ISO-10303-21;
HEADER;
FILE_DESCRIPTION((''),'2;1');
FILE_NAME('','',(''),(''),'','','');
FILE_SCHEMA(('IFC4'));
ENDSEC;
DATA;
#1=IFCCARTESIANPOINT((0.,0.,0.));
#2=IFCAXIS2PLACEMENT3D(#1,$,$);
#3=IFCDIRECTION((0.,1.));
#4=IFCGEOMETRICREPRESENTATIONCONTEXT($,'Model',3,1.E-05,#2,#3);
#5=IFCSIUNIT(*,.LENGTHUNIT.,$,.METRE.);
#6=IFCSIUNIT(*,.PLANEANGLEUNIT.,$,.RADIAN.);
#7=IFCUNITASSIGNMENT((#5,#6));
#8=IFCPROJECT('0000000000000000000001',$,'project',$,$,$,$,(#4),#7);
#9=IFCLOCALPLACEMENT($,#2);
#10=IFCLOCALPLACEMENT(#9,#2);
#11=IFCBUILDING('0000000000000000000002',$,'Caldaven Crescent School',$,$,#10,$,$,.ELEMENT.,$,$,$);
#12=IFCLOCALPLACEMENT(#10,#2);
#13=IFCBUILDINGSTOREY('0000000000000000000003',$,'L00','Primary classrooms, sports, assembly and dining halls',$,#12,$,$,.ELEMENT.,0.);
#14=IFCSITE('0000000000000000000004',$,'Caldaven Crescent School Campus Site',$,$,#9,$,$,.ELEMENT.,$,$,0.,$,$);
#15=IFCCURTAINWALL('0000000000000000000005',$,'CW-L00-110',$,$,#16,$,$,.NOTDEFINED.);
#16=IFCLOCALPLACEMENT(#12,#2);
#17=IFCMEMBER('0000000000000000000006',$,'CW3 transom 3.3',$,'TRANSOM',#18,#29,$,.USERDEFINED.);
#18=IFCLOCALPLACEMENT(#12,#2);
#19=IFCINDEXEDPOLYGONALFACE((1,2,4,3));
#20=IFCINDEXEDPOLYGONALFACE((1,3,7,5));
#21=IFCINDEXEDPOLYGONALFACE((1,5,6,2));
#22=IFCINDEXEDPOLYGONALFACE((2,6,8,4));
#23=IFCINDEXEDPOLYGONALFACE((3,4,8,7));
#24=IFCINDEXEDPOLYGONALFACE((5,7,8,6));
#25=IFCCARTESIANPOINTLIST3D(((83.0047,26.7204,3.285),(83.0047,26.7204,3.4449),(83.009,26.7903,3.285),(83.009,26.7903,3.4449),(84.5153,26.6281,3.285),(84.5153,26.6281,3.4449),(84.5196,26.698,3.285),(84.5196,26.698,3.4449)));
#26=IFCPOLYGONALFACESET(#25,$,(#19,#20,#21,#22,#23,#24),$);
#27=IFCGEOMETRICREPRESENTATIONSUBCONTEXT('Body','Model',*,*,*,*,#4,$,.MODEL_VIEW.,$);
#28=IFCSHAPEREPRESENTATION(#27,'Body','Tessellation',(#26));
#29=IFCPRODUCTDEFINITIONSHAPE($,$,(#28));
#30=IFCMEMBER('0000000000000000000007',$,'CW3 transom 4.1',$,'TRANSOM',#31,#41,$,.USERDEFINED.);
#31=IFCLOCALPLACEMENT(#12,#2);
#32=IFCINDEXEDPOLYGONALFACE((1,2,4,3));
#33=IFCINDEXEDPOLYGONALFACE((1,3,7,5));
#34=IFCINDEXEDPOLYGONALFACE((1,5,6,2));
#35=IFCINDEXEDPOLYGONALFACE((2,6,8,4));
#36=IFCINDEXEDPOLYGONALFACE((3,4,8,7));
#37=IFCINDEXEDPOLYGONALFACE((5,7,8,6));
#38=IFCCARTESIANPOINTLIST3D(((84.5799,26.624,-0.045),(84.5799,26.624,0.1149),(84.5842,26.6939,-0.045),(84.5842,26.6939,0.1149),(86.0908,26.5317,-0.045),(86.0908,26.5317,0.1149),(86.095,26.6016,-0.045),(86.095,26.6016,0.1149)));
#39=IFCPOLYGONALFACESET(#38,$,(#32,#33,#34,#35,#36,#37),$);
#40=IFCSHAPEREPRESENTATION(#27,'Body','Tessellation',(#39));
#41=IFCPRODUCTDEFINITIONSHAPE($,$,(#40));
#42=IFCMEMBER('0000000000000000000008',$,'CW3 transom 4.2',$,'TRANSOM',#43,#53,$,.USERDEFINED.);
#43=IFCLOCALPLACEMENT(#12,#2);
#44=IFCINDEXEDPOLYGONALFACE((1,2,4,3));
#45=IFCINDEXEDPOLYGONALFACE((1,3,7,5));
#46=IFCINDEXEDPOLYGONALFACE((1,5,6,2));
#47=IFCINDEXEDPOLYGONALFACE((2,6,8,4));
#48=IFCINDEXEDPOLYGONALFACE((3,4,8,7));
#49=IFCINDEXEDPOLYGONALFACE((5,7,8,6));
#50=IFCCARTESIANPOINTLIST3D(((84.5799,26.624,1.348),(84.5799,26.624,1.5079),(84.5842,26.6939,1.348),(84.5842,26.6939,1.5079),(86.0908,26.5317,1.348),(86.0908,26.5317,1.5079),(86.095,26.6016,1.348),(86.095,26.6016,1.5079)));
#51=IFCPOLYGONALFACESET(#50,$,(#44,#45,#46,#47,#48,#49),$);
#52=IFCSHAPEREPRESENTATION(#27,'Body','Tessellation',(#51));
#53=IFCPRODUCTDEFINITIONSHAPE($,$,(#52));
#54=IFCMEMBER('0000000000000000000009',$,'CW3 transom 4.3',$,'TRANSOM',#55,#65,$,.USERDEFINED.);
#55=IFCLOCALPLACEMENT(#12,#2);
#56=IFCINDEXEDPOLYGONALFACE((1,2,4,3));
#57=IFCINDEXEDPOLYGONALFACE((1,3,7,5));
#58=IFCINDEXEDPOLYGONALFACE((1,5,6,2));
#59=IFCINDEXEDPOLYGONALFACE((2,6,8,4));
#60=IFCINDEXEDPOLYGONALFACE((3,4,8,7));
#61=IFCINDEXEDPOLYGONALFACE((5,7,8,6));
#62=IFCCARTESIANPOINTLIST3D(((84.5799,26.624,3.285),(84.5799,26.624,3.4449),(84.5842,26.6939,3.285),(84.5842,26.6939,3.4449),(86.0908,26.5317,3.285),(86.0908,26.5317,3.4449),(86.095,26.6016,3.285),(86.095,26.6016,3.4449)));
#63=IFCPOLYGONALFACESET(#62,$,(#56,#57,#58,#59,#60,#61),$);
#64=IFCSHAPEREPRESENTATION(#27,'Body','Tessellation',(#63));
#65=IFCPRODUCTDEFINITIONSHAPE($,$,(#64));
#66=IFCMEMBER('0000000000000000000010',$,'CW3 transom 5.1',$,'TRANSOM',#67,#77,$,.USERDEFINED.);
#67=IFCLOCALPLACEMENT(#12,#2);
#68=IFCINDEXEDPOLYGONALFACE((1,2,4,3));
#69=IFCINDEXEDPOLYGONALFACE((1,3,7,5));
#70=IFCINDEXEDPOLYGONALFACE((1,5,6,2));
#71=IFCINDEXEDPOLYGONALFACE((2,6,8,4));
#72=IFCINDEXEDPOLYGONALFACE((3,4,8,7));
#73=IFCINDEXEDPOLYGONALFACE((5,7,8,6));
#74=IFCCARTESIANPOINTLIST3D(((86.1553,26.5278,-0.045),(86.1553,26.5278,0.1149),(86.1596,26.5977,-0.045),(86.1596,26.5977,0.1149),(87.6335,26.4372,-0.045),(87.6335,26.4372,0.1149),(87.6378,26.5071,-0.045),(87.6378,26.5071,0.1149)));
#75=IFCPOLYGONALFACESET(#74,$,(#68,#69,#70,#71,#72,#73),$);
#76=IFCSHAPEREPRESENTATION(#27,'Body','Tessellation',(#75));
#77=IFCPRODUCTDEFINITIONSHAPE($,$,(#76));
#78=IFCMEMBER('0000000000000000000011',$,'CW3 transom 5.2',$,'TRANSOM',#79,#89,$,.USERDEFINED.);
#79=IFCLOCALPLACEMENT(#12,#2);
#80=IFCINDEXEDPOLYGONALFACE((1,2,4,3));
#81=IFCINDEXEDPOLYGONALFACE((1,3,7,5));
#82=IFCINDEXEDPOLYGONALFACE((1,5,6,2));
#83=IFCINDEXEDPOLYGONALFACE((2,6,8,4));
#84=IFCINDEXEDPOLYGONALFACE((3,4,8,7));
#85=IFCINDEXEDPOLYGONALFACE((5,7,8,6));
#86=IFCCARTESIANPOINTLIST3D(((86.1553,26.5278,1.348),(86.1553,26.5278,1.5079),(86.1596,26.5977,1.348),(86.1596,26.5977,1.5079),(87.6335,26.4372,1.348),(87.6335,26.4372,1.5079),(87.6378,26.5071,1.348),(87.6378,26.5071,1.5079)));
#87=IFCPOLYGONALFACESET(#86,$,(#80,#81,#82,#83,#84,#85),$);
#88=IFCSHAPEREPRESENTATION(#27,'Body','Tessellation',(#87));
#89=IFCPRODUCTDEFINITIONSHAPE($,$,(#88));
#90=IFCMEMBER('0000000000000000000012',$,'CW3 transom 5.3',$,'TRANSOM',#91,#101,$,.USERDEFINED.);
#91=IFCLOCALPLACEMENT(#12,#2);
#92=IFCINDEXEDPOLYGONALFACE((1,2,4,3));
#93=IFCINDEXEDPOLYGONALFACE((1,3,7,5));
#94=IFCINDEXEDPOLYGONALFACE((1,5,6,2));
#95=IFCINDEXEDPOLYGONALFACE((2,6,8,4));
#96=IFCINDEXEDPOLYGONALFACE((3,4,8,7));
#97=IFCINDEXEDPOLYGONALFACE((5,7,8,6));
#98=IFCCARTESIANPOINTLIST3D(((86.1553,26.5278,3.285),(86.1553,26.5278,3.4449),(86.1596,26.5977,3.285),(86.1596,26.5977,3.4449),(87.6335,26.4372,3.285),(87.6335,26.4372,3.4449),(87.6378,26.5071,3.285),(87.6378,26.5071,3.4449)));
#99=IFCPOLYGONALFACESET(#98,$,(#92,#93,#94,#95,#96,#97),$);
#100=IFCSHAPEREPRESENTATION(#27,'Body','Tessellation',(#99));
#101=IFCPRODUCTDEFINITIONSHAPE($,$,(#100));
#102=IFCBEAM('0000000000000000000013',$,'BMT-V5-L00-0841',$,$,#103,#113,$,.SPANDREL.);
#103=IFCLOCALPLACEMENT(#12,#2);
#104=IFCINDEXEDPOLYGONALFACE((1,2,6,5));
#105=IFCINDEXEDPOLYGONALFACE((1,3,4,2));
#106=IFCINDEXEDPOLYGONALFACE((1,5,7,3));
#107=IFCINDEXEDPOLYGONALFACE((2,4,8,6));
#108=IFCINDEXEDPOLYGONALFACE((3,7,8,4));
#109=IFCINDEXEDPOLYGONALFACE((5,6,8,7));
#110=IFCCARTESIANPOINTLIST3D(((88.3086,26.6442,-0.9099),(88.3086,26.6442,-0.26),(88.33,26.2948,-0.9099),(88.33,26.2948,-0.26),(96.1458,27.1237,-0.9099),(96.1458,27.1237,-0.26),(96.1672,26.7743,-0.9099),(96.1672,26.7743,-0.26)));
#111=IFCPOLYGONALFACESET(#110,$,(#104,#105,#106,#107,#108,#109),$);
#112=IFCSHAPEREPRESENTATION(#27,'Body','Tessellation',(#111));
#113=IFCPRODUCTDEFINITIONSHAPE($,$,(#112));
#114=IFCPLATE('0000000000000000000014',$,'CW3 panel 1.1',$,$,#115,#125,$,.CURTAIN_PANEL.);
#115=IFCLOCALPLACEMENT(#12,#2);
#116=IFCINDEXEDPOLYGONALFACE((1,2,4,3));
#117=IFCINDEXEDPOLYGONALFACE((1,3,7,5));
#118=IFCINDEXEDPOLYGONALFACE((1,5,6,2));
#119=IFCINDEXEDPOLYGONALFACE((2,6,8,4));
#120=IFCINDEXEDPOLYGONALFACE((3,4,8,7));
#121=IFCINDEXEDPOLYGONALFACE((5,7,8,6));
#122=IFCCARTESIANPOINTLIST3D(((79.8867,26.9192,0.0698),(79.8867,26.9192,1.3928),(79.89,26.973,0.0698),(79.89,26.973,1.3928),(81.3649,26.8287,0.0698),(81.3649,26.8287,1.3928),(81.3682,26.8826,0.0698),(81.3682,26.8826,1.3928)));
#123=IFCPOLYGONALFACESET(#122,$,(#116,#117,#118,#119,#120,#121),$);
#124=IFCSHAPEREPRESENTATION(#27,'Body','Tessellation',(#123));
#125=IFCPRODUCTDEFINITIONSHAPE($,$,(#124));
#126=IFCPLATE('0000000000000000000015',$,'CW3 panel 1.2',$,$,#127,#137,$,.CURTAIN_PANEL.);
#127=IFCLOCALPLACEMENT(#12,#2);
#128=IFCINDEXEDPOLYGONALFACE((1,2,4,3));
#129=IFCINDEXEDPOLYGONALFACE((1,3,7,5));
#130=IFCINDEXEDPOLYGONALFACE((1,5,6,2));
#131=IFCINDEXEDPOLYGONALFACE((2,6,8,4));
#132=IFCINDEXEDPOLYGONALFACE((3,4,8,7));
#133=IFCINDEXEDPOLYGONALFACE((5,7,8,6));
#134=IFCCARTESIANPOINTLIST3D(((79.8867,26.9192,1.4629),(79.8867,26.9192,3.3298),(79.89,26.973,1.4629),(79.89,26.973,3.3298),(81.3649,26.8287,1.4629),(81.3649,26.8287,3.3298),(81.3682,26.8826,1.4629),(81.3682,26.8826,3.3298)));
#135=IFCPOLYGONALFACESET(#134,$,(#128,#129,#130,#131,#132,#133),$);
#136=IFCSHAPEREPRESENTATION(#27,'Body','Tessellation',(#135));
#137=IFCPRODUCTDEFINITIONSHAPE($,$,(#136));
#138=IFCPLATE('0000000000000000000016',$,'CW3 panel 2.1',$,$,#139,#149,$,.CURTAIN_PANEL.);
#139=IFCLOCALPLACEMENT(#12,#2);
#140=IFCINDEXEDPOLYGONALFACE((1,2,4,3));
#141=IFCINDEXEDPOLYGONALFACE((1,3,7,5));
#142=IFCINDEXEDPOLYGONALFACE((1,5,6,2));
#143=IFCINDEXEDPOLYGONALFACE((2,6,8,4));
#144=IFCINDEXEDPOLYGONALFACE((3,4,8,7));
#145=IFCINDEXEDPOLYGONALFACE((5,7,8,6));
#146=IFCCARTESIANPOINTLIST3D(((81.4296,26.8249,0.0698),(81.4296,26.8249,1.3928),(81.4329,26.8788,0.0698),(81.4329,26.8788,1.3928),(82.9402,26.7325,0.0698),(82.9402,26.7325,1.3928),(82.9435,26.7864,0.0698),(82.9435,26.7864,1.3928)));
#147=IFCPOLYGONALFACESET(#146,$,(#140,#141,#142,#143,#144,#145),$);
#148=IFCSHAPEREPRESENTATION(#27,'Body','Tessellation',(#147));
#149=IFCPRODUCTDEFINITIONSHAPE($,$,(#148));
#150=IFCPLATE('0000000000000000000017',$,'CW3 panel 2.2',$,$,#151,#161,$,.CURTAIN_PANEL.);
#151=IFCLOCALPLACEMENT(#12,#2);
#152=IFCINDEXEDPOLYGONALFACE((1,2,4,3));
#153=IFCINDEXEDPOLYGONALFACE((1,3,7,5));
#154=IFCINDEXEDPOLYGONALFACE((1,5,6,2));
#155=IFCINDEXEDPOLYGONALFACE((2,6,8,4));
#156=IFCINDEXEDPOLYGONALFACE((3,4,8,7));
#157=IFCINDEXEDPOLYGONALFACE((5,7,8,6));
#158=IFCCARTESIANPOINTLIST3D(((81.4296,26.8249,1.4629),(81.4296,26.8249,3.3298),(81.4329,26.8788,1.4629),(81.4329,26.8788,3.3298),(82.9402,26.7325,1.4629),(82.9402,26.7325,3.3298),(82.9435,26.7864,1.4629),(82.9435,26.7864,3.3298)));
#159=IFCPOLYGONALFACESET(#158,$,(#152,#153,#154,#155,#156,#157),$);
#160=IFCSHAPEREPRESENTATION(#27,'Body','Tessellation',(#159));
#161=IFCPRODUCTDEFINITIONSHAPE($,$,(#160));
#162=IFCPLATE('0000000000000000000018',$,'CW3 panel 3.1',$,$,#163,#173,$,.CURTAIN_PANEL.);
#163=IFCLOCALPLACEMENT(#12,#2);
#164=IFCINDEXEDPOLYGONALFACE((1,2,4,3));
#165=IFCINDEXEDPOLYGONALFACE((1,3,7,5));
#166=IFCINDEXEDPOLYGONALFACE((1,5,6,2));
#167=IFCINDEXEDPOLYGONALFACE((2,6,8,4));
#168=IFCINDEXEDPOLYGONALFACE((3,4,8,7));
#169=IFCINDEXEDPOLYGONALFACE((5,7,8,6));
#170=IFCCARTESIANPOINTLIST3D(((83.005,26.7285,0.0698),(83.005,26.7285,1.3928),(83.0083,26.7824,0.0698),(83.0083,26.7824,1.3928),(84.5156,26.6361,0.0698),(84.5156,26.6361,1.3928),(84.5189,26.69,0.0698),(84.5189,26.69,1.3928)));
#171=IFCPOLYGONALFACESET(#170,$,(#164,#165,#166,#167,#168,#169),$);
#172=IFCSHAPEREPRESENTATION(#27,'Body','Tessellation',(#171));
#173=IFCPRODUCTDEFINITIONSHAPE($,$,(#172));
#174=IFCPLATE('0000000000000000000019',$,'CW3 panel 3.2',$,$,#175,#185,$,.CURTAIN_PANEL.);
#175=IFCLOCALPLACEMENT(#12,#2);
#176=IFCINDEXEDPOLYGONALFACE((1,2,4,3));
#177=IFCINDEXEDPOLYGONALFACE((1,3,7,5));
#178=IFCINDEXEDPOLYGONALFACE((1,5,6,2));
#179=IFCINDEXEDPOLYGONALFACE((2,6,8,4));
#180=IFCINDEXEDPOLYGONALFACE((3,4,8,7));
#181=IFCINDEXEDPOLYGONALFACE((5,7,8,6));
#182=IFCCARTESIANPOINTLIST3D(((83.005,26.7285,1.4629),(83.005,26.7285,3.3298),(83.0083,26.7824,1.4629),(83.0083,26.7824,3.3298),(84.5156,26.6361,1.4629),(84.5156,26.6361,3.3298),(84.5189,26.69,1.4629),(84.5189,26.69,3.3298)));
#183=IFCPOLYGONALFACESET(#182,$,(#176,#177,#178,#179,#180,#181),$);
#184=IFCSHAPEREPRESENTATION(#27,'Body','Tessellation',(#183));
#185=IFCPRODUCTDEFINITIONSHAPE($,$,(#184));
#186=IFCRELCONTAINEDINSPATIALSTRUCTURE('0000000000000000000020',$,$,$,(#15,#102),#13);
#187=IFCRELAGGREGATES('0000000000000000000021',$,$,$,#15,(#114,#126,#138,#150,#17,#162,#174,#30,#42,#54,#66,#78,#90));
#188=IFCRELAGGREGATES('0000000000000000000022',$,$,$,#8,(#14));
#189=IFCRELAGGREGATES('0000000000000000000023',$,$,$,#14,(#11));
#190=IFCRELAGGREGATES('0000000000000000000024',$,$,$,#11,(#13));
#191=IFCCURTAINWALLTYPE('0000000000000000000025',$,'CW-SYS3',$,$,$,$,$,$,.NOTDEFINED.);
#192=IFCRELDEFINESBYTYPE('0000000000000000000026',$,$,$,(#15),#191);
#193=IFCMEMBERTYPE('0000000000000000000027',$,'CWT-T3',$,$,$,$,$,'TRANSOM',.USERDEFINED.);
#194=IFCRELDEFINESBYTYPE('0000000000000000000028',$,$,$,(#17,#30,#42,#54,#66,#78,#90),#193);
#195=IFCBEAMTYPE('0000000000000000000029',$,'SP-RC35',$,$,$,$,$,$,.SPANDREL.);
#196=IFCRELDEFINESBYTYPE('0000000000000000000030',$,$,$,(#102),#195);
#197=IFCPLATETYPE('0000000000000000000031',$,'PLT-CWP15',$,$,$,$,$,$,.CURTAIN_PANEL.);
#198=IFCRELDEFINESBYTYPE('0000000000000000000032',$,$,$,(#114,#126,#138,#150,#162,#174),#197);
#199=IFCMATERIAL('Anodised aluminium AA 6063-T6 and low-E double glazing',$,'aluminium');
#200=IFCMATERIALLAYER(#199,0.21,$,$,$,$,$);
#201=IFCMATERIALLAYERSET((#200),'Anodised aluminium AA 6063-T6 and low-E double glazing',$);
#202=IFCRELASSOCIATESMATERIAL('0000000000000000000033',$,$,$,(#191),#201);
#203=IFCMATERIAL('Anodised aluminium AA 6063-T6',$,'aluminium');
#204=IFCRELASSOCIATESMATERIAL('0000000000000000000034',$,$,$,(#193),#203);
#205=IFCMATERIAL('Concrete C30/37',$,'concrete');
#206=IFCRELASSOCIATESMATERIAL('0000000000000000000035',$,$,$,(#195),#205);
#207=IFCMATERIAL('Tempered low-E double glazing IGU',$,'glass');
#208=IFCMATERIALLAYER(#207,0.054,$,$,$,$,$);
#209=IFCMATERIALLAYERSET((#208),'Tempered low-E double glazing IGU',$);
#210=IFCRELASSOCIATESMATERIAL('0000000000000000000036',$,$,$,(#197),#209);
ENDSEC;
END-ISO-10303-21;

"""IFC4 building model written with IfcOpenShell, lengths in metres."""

from ifc_helpers import new_model, si_unit, direction, frame, origin, origin_2d, place, context, subcontext, project, spatial, rectangle, extrude, material, layer, layer_set, material_profile, profile_set, type_object, element, aggregate, save


model = new_model("IFC4")

# Units and contexts
model_context = context("Model", 3, precision=1e-05, world=origin(), true_north=direction((0.0, 1.0)))
body_context = subcontext(model_context, "Body", "Model", "MODEL_VIEW")
ifc_project = project(units=[si_unit("LENGTHUNIT", "METRE"), si_unit("PLANEANGLEUNIT", "RADIAN")], contexts=[model_context])

# Site, building, storey
site_placement = place(None, origin())
site = spatial("IfcSite", under=ifc_project, at=site_placement, Name="Caldaven Crescent School Campus Site", CompositionType="ELEMENT", RefElevation=0.0)
building_placement = place(site_placement, origin())
building = spatial("IfcBuilding", under=site, at=building_placement, Name="Caldaven Crescent School", CompositionType="ELEMENT")
storey_placement = place(building_placement, origin())
storey = spatial("IfcBuildingStorey", under=building, at=storey_placement, Name="L00", Description="Primary classrooms, sports, assembly and dining halls", CompositionType="ELEMENT", Elevation=0.0)

# Shared definitions
ifc_material_1 = material(Name="Concrete C30/37", Category="concrete")

# Curtain wall, members
ifc_material_2 = material(Name="Anodised aluminium AA 6063-T6 and low-E double glazing", Category="aluminium")
ifc_layer_1 = layer(ifc_material_2, 0.21)
ifc_layer_set_1 = layer_set([ifc_layer_1], Name="Anodised aluminium AA 6063-T6 and low-E double glazing")
curtain_wall_type = type_object("IfcCurtainWallType", Name="CW-SYS3", PredefinedType="NOTDEFINED", material=ifc_layer_set_1)
curtain_wall_placement = place(storey_placement, origin())
curtain_wall = element("IfcCurtainWall", 1, at=curtain_wall_placement, inside=storey, type_object=curtain_wall_type, Name="CW-L00-110", PredefinedType="NOTDEFINED")
ifc_material_3 = material(Name="Anodised aluminium AA 6063-T6", Category="aluminium")
ifc_material_profile_1 = material_profile(ifc_material_3, rectangle(XDim=0.0701, YDim=0.1599, at=origin_2d()), Name="CWT 70x160")
ifc_profile_set_1 = profile_set([ifc_material_profile_1], Name="Anodised aluminium AA 6063-T6")
member_type_1 = type_object("IfcMemberType", Name="CWT-T3", ElementType="TRANSOM", PredefinedType="USERDEFINED", material=ifc_profile_set_1)
member_1_placement = place(storey_placement, frame((83.0068, 26.7554, 3.365), z_axis=(0.998139, -0.060982, 0.0), x_axis=(0.060982, 0.998139, 0.0)))
member_1 = element("IfcMember", 2, at=member_1_placement, type_object=member_type_1, Name="CW3 transom 3.3", ObjectType="TRANSOM", PredefinedType="USERDEFINED", context=body_context, shape_type="SweptSolid", body=[
    extrude(rectangle(XDim=0.0701, YDim=0.1599, at=origin_2d()), origin(), (0.0, 0.0, 1.0), 1.5134),
])
member_2_placement = place(storey_placement, frame((84.582, 26.6589, 0.0349), z_axis=(0.998139, -0.060972, 0.0), x_axis=(0.060972, 0.998139, 0.0)))
member_2 = element("IfcMember", 3, at=member_2_placement, type_object=member_type_1, Name="CW3 transom 4.1", ObjectType="TRANSOM", PredefinedType="USERDEFINED", context=body_context, shape_type="SweptSolid", body=[
    extrude(rectangle(XDim=0.0701, YDim=0.1599, at=origin_2d()), origin(), (0.0, 0.0, 1.0), 1.5137),
])
member_3_placement = place(storey_placement, frame((84.582, 26.6589, 1.428), z_axis=(0.998139, -0.060972, 0.0), x_axis=(0.060972, 0.998139, 0.0)))
member_3 = element("IfcMember", 4, at=member_3_placement, type_object=member_type_1, Name="CW3 transom 4.2", ObjectType="TRANSOM", PredefinedType="USERDEFINED", context=body_context, shape_type="SweptSolid", body=[
    extrude(rectangle(XDim=0.0701, YDim=0.1599, at=origin_2d()), origin(), (0.0, 0.0, 1.0), 1.5137),
])
member_4_placement = place(storey_placement, frame((84.582, 26.6589, 3.365), z_axis=(0.998139, -0.060972, 0.0), x_axis=(0.060972, 0.998139, 0.0)))
member_4 = element("IfcMember", 5, at=member_4_placement, type_object=member_type_1, Name="CW3 transom 4.3", ObjectType="TRANSOM", PredefinedType="USERDEFINED", context=body_context, shape_type="SweptSolid", body=[
    extrude(rectangle(XDim=0.0701, YDim=0.1599, at=origin_2d()), origin(), (0.0, 0.0, 1.0), 1.5137),
])
member_5_placement = place(storey_placement, frame((86.1575, 26.5627, 0.0349), z_axis=(0.998128, -0.061157, 0.0), x_axis=(0.061157, 0.998128, 0.0)))
member_5 = element("IfcMember", 6, at=member_5_placement, type_object=member_type_1, Name="CW3 transom 5.1", ObjectType="TRANSOM", PredefinedType="USERDEFINED", context=body_context, shape_type="SweptSolid", body=[
    extrude(rectangle(XDim=0.0701, YDim=0.1599, at=origin_2d()), origin(), (0.0, 0.0, 1.0), 1.481),
])
member_6_placement = place(storey_placement, frame((86.1575, 26.5627, 1.428), z_axis=(0.998128, -0.061157, 0.0), x_axis=(0.061157, 0.998128, 0.0)))
member_6 = element("IfcMember", 7, at=member_6_placement, type_object=member_type_1, Name="CW3 transom 5.2", ObjectType="TRANSOM", PredefinedType="USERDEFINED", context=body_context, shape_type="SweptSolid", body=[
    extrude(rectangle(XDim=0.0701, YDim=0.1599, at=origin_2d()), origin(), (0.0, 0.0, 1.0), 1.481),
])
member_7_placement = place(storey_placement, frame((86.1575, 26.5627, 3.365), z_axis=(0.998128, -0.061157, 0.0), x_axis=(0.061157, 0.998128, 0.0)))
member_7 = element("IfcMember", 8, at=member_7_placement, type_object=member_type_1, Name="CW3 transom 5.3", ObjectType="TRANSOM", PredefinedType="USERDEFINED", context=body_context, shape_type="SweptSolid", body=[
    extrude(rectangle(XDim=0.0701, YDim=0.1599, at=origin_2d()), origin(), (0.0, 0.0, 1.0), 1.481),
])

# Beam
ifc_material_profile_2 = material_profile(ifc_material_1, rectangle(XDim=0.3501, YDim=0.6499, at=origin_2d()), Name="RC 350x650")
ifc_profile_set_2 = profile_set([ifc_material_profile_2], Name="Concrete C30/37")
beam_type_1 = type_object("IfcBeamType", Name="SP-RC35", PredefinedType="SPANDREL", material=ifc_profile_set_2)
beam_1_placement = place(storey_placement, frame((88.3193, 26.4695, -0.585), z_axis=(0.998134, 0.061068, 0.0), x_axis=(-0.061068, 0.998134, 0.0)))
element("IfcBeam", 9, at=beam_1_placement, inside=storey, type_object=beam_type_1, Name="BMT-V5-L00-0841", PredefinedType="SPANDREL", context=body_context, shape_type="SweptSolid", body=[
    extrude(rectangle(XDim=0.3501, YDim=0.6499, at=origin_2d()), origin(), (0.0, 0.0, 1.0), 7.8518),
])

# Plates
ifc_material_4 = material(Name="Tempered low-E double glazing IGU", Category="glass")
ifc_layer_2 = layer(ifc_material_4, 0.054)
ifc_layer_set_2 = layer_set([ifc_layer_2], Name="Tempered low-E double glazing IGU")
plate_type_1 = type_object("IfcPlateType", Name="PLT-CWP15", PredefinedType="CURTAIN_PANEL", material=ifc_layer_set_2)
plate_1_placement = place(storey_placement, frame((80.6274, 26.9009, 0.0698), z_axis=(0.0, 0.0, 1.0), x_axis=(0.998135, -0.061049, 0.0)))
plate_1 = element("IfcPlate", 10, at=plate_1_placement, type_object=plate_type_1, Name="CW3 panel 1.1", PredefinedType="CURTAIN_PANEL", context=body_context, shape_type="SweptSolid", body=[
    extrude(rectangle(XDim=1.481, YDim=0.054, at=origin_2d()), origin(), (0.0, 0.0, 1.0), 1.323),
])
plate_2_placement = place(storey_placement, frame((80.6274, 26.9009, 1.4629), z_axis=(0.0, 0.0, 1.0), x_axis=(0.998135, -0.061049, 0.0)))
plate_2 = element("IfcPlate", 11, at=plate_2_placement, type_object=plate_type_1, Name="CW3 panel 1.2", PredefinedType="CURTAIN_PANEL", context=body_context, shape_type="SweptSolid", body=[
    extrude(rectangle(XDim=1.481, YDim=0.054, at=origin_2d()), origin(), (0.0, 0.0, 1.0), 1.8669),
])
plate_3_placement = place(storey_placement, frame((82.1865, 26.8057, 0.0698), z_axis=(0.0, 0.0, 1.0), x_axis=(0.998135, -0.061049, 0.0)))
plate_3 = element("IfcPlate", 12, at=plate_3_placement, type_object=plate_type_1, Name="CW3 panel 2.1", PredefinedType="CURTAIN_PANEL", context=body_context, shape_type="SweptSolid", body=[
    extrude(rectangle(XDim=1.5134, YDim=0.054, at=origin_2d()), origin(), (0.0, 0.0, 1.0), 1.323),
])
plate_4_placement = place(storey_placement, frame((82.1865, 26.8057, 1.4629), z_axis=(0.0, 0.0, 1.0), x_axis=(0.998135, -0.061049, 0.0)))
plate_4 = element("IfcPlate", 13, at=plate_4_placement, type_object=plate_type_1, Name="CW3 panel 2.2", PredefinedType="CURTAIN_PANEL", context=body_context, shape_type="SweptSolid", body=[
    extrude(rectangle(XDim=1.5134, YDim=0.054, at=origin_2d()), origin(), (0.0, 0.0, 1.0), 1.8669),
])
plate_5_placement = place(storey_placement, frame((83.762, 26.7092, 0.0698), z_axis=(0.0, 0.0, 1.0), x_axis=(0.998135, -0.061049, 0.0)))
plate_5 = element("IfcPlate", 14, at=plate_5_placement, type_object=plate_type_1, Name="CW3 panel 3.1", PredefinedType="CURTAIN_PANEL", context=body_context, shape_type="SweptSolid", body=[
    extrude(rectangle(XDim=1.5134, YDim=0.054, at=origin_2d()), origin(), (0.0, 0.0, 1.0), 1.323),
])
plate_6_placement = place(storey_placement, frame((83.762, 26.7092, 1.4629), z_axis=(0.0, 0.0, 1.0), x_axis=(0.998135, -0.061049, 0.0)))
plate_6 = element("IfcPlate", 15, at=plate_6_placement, type_object=plate_type_1, Name="CW3 panel 3.2", PredefinedType="CURTAIN_PANEL", context=body_context, shape_type="SweptSolid", body=[
    extrude(rectangle(XDim=1.5134, YDim=0.054, at=origin_2d()), origin(), (0.0, 0.0, 1.0), 1.8669),
])
aggregate(curtain_wall, [plate_1, plate_2, plate_3, plate_4, member_1, plate_5, plate_6, member_2, member_3, member_4, member_5, member_6, member_7])

save(model, "model.ifc")
